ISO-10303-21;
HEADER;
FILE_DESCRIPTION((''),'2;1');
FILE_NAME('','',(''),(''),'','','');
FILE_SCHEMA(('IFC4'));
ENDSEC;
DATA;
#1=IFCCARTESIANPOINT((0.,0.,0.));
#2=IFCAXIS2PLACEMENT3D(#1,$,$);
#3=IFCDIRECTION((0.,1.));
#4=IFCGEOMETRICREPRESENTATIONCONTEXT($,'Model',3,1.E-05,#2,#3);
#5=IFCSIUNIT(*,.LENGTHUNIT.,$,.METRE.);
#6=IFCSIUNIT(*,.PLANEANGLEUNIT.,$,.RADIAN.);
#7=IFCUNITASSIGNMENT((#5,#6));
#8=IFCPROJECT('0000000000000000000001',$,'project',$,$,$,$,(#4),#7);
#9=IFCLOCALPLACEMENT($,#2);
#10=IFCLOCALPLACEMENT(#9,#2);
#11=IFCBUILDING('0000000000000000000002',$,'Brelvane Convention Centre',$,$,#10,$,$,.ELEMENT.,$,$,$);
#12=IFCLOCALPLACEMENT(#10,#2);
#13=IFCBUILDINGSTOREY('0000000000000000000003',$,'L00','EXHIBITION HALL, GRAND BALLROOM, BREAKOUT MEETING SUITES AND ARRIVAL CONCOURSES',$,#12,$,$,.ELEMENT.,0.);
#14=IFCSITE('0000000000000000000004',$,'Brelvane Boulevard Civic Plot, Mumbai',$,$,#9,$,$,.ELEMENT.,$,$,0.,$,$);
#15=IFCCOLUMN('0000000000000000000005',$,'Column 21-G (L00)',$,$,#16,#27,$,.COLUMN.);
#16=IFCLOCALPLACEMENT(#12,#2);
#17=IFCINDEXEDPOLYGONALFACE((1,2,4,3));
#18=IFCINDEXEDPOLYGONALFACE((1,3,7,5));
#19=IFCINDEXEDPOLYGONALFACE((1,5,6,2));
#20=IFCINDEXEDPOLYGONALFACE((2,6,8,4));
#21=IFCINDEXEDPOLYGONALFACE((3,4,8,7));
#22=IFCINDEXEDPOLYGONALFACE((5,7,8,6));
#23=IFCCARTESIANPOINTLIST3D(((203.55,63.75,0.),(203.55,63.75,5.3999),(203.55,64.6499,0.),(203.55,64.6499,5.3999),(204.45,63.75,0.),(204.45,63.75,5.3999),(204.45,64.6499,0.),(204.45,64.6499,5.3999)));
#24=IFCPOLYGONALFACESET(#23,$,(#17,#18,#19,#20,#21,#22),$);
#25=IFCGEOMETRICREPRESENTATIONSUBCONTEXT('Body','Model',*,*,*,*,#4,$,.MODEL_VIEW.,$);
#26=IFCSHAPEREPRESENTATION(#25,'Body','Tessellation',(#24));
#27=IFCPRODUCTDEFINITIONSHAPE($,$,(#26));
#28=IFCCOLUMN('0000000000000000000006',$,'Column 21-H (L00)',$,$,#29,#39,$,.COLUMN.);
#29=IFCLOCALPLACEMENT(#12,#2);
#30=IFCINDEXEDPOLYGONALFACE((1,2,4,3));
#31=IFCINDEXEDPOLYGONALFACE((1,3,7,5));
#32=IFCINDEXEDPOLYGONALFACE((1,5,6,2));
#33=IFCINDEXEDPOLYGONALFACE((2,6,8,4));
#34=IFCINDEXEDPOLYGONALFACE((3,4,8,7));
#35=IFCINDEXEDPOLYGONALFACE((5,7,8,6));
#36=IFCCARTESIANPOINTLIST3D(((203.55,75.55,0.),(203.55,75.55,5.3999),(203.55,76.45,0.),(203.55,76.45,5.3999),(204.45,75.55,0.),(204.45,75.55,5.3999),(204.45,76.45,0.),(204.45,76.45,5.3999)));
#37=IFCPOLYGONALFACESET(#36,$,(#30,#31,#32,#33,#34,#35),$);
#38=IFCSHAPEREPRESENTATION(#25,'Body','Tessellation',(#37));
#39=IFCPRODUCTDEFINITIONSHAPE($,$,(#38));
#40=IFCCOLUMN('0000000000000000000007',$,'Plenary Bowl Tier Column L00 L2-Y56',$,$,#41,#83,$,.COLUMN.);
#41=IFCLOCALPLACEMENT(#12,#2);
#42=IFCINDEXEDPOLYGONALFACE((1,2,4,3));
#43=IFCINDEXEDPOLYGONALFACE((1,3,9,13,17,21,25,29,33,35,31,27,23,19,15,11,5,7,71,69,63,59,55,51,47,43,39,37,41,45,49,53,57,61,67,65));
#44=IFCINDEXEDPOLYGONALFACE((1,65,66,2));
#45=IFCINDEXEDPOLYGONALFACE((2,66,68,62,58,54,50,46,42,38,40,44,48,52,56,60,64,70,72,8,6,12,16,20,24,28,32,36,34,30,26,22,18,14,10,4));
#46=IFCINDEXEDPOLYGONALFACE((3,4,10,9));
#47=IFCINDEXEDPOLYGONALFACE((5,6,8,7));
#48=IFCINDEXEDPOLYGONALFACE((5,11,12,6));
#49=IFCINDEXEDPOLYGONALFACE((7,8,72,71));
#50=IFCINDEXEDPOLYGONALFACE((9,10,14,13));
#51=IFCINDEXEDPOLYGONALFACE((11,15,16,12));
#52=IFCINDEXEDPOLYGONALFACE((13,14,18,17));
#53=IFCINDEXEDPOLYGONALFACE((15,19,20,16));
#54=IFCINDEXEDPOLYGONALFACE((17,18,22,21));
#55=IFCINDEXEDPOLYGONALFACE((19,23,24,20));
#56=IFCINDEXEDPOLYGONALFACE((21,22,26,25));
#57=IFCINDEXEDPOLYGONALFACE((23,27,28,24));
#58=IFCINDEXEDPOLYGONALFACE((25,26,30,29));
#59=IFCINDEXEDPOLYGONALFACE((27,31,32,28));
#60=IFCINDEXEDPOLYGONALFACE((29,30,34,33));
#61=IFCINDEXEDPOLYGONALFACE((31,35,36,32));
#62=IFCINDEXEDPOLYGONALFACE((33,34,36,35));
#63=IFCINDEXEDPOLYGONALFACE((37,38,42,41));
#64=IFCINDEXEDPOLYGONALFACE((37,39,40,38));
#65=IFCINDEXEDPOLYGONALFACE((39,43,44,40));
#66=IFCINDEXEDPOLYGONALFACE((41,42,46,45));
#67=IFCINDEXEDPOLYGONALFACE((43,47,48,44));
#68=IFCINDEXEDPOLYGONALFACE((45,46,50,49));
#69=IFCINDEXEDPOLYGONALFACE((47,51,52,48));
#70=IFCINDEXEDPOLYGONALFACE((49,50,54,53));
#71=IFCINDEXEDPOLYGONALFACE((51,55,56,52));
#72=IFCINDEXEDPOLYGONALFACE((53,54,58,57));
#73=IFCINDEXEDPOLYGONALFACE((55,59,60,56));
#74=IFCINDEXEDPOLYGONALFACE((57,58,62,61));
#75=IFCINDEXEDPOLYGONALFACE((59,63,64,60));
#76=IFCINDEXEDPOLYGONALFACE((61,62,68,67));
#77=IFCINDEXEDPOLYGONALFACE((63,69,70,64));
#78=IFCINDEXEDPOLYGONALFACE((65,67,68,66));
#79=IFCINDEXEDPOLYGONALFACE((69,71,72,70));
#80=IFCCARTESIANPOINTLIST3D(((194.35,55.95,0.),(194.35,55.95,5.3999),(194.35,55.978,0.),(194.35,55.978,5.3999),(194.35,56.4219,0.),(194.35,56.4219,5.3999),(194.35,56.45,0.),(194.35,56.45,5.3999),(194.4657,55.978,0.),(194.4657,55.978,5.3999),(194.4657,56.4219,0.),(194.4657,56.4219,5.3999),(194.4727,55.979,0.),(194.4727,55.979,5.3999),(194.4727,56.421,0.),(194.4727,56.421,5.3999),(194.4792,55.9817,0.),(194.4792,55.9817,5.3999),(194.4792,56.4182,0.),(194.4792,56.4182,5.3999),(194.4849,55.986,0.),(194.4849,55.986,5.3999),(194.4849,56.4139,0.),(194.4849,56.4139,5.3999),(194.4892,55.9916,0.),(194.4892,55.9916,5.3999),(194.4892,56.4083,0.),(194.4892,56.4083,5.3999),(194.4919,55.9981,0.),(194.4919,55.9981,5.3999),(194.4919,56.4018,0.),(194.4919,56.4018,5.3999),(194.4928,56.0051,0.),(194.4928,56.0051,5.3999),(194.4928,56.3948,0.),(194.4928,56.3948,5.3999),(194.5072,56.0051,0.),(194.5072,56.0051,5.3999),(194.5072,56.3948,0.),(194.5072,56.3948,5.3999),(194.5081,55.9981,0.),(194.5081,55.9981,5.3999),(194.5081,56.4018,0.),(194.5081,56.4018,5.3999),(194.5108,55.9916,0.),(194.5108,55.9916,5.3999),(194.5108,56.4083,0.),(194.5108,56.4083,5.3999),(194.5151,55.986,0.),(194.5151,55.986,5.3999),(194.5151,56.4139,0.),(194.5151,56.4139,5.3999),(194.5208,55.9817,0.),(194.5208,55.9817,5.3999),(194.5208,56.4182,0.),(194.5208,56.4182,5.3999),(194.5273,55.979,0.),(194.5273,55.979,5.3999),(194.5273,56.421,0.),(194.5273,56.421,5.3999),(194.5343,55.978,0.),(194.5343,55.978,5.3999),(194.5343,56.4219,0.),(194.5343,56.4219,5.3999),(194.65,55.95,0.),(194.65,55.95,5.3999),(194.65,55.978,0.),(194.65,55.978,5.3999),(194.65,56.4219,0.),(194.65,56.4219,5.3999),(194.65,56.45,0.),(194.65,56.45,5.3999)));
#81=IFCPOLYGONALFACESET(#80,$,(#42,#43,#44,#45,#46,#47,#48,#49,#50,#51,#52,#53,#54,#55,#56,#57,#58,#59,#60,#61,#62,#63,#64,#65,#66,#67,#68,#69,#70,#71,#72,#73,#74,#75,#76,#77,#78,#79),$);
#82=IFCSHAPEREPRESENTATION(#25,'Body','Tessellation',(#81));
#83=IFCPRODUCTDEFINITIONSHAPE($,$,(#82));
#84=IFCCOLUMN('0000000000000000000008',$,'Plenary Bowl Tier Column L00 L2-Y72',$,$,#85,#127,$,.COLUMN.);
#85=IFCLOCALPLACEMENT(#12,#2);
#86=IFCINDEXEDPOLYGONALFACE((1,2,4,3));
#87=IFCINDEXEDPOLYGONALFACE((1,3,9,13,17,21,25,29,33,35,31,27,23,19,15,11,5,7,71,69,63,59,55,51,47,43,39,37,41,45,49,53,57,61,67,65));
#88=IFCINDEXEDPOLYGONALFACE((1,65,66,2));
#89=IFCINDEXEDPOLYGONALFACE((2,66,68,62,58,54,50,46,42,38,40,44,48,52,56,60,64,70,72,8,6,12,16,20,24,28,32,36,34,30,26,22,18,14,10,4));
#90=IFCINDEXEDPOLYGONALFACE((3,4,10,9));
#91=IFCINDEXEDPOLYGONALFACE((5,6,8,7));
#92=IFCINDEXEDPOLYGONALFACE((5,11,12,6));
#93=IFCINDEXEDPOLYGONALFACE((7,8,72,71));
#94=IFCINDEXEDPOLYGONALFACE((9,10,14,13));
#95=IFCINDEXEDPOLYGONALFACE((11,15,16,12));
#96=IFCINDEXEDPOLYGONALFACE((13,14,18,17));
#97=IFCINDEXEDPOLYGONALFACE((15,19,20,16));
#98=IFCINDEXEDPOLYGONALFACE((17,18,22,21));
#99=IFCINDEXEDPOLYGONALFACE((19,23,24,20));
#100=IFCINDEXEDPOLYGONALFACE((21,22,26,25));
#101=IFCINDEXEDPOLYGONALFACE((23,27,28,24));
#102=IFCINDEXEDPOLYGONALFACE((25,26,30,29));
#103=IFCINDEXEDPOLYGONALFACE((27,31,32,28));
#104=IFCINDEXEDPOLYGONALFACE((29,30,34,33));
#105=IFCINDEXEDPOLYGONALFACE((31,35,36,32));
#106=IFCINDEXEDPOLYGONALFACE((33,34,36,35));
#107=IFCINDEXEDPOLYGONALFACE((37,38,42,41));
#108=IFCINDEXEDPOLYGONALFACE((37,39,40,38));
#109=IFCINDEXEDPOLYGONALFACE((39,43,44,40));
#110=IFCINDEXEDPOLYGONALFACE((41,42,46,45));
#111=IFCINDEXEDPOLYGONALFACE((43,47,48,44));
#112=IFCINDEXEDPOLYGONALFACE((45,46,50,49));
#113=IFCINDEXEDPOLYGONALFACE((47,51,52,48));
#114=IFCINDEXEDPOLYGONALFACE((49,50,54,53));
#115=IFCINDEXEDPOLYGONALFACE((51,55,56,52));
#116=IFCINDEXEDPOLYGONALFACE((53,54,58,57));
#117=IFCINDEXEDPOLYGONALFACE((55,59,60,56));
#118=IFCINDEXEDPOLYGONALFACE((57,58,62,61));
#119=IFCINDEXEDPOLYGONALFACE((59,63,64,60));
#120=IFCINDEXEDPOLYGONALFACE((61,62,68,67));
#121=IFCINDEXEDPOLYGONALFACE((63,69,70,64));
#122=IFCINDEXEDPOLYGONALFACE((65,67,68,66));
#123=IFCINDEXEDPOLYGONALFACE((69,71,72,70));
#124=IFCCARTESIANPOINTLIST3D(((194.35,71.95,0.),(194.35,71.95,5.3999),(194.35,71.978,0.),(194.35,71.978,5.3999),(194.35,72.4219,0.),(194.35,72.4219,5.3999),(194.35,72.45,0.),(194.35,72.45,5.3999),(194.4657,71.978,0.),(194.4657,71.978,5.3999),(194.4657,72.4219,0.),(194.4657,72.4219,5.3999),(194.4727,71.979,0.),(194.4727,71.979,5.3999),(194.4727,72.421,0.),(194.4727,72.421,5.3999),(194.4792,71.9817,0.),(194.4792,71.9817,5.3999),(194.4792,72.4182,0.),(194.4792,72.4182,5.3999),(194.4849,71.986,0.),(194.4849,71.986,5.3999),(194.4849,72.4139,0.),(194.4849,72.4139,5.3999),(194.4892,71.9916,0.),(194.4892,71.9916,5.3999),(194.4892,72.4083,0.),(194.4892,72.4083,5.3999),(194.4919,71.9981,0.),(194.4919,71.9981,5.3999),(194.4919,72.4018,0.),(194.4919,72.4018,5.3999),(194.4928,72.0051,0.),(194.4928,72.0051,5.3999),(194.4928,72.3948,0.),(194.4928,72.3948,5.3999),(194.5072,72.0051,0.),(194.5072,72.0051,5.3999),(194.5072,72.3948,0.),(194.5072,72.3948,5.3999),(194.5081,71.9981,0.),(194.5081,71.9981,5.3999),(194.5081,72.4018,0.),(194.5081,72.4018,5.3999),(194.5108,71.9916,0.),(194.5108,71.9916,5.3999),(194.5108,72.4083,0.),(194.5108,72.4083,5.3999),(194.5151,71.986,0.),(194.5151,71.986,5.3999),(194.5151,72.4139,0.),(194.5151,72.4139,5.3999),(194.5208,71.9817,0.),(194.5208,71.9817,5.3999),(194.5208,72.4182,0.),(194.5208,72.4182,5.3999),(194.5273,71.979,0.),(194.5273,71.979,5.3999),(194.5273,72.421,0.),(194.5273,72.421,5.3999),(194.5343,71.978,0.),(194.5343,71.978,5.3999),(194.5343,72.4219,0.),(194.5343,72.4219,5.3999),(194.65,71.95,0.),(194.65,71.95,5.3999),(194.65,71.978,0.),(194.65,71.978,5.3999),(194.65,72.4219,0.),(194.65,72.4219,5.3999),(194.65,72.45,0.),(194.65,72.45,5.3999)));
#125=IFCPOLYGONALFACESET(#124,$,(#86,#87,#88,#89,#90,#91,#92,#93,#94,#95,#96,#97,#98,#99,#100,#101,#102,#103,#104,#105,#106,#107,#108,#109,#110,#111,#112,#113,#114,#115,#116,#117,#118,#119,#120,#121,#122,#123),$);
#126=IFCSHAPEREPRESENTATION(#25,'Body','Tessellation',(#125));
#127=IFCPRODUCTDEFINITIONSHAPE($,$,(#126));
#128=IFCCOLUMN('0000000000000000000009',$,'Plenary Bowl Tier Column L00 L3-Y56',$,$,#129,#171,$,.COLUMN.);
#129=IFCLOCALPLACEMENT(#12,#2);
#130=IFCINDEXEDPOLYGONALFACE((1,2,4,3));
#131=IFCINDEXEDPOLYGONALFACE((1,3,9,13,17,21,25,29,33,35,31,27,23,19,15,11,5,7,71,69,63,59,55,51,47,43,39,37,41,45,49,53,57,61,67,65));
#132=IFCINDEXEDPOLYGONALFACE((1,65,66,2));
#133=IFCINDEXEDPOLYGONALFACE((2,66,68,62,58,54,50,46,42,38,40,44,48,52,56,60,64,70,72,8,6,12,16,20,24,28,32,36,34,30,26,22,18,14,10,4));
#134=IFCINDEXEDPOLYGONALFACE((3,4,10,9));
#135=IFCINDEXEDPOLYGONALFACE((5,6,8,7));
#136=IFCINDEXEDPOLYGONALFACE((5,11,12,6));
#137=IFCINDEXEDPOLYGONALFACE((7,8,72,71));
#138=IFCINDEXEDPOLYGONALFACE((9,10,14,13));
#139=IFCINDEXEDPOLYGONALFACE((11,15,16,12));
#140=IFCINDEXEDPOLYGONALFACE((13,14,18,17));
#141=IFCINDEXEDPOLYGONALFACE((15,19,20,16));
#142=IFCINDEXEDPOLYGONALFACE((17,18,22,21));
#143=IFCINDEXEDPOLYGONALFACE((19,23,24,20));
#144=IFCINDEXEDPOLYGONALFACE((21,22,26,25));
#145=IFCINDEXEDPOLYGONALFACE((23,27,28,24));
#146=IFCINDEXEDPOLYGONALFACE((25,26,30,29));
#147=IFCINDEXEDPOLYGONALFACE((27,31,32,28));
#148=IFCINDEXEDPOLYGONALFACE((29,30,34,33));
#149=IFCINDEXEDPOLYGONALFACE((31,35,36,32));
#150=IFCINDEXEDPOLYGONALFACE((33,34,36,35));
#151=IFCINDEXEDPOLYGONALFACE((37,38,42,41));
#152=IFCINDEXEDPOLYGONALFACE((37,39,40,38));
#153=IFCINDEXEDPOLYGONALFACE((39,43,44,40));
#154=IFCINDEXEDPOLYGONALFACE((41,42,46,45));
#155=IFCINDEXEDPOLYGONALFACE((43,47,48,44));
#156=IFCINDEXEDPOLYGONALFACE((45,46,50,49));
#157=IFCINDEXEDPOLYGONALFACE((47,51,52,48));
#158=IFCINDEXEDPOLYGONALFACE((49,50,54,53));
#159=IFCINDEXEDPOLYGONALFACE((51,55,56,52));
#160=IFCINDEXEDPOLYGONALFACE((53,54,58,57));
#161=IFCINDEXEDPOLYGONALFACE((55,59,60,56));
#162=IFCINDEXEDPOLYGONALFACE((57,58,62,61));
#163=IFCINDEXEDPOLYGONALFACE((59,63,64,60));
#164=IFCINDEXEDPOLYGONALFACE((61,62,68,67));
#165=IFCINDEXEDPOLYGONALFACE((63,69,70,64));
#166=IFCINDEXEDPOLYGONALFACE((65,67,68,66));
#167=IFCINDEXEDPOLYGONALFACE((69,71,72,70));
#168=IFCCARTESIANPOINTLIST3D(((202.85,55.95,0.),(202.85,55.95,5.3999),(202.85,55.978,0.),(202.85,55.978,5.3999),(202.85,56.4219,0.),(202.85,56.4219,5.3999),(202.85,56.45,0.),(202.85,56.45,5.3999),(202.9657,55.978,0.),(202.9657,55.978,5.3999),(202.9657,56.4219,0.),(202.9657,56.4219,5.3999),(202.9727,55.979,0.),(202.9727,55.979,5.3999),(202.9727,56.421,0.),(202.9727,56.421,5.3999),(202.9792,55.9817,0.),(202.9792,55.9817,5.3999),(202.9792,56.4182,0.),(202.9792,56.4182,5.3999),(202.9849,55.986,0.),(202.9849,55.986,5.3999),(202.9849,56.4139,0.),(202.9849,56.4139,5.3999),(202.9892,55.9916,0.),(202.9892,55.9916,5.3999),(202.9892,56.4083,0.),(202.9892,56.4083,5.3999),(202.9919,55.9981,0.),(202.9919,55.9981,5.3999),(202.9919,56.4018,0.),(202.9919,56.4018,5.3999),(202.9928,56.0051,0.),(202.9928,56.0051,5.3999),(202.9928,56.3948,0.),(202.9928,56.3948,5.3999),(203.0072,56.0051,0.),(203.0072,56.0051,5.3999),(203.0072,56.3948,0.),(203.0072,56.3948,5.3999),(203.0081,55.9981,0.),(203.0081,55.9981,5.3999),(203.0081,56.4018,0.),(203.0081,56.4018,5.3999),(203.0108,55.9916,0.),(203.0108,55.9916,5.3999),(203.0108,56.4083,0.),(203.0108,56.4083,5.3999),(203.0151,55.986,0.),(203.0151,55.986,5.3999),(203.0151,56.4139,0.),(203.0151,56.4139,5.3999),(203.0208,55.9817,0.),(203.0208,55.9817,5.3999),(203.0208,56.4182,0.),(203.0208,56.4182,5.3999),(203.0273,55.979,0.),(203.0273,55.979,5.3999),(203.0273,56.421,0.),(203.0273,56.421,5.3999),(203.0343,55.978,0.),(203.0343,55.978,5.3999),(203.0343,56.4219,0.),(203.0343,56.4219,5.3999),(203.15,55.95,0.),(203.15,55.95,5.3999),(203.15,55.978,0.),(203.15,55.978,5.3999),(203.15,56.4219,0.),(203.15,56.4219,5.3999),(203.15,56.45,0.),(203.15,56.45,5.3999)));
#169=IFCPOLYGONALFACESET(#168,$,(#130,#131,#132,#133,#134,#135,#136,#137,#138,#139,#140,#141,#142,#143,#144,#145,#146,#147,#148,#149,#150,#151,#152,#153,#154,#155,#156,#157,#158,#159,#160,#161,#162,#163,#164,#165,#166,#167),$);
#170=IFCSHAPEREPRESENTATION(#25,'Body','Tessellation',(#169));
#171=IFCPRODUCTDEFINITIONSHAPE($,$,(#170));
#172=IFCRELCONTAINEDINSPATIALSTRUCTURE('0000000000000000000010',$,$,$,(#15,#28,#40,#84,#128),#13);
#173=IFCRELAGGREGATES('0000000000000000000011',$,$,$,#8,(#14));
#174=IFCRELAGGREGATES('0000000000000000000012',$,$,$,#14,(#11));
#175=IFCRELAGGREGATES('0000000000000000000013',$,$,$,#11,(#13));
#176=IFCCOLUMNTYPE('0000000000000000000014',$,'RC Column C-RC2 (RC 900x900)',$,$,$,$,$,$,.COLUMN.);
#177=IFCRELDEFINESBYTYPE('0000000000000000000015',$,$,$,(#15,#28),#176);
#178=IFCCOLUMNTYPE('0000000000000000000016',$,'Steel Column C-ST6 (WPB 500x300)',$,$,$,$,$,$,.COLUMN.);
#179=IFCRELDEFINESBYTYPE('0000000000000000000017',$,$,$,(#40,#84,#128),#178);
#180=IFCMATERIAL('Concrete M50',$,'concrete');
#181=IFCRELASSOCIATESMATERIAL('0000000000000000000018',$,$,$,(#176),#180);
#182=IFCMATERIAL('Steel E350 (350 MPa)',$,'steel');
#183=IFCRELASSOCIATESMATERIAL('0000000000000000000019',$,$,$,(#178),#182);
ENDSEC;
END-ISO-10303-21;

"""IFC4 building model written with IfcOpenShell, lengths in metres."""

from ifc_helpers import new_model, si_unit, direction, frame, origin, origin_2d, place, context, subcontext, project, spatial, rectangle, i_section, extrude, material, material_profile, profile_set, type_object, element, save


model = new_model("IFC4")

# Units and contexts
model_context = context("Model", 3, precision=1e-05, world=origin(), true_north=direction((0.0, 1.0)))
body_context = subcontext(model_context, "Body", "Model", "MODEL_VIEW")
ifc_project = project(units=[si_unit("LENGTHUNIT", "METRE"), si_unit("PLANEANGLEUNIT", "RADIAN")], contexts=[model_context])

# Site, building, storey
site_placement = place(None, origin())
site = spatial("IfcSite", under=ifc_project, at=site_placement, Name="Brelvane Boulevard Civic Plot, Mumbai", CompositionType="ELEMENT", RefElevation=0.0)
building_placement = place(site_placement, origin())
building = spatial("IfcBuilding", under=site, at=building_placement, Name="Brelvane Convention Centre", CompositionType="ELEMENT")
storey_placement = place(building_placement, origin())
storey = spatial("IfcBuildingStorey", under=building, at=storey_placement, Name="L00", Description="EXHIBITION HALL, GRAND BALLROOM, BREAKOUT MEETING SUITES AND ARRIVAL CONCOURSES", CompositionType="ELEMENT", Elevation=0.0)

# Columns
ifc_material_1 = material(Name="Concrete M50", Category="concrete")
ifc_material_profile_1 = material_profile(ifc_material_1, rectangle(XDim=0.8999, YDim=0.8999, at=origin_2d()), Name="RC 900x900")
ifc_profile_set_1 = profile_set([ifc_material_profile_1], Name="Concrete M50")
column_type_1 = type_object("IfcColumnType", Name="RC Column C-RC2 (RC 900x900)", PredefinedType="COLUMN", material=ifc_profile_set_1)
for number, where, z_axis, x_axis, name in (
    (1, (204.0, 64.2, 0.0), (0.0, 0.0, 1.0), (1.0, 0.0, 0.0), "Column 21-G (L00)"),
    (2, (204.0, 76.0, 0.0), (0.0, 0.0, 1.0), (1.0, 0.0, 0.0), "Column 21-H (L00)"),
):
    element("IfcColumn", number, at=place(storey_placement, frame(where, z_axis=z_axis, x_axis=x_axis)), inside=storey, type_object=column_type_1, Name=name, PredefinedType="COLUMN", context=body_context, shape_type="SweptSolid", body=[
        extrude(rectangle(XDim=0.8999, YDim=0.8999, at=origin_2d()), origin(), (0.0, 0.0, 1.0), 5.3999),
    ])
ifc_material_2 = material(Name="Steel E350 (350 MPa)", Category="steel")
ifc_material_profile_2 = material_profile(ifc_material_2, i_section(OverallWidth=0.3, OverallDepth=0.5, WebThickness=0.0144, FlangeThickness=0.0281, FilletRadius=0.0271, at=origin_2d()), Name="WPB 500x300")
ifc_profile_set_2 = profile_set([ifc_material_profile_2], Name="Steel E350 (350 MPa)")
column_type_2 = type_object("IfcColumnType", Name="Steel Column C-ST6 (WPB 500x300)", PredefinedType="COLUMN", material=ifc_profile_set_2)
for number, where, z_axis, x_axis, name in (
    (3, (194.5, 56.2, 0.0), (0.0, 0.0, 1.0), (1.0, 0.0, 0.0), "Plenary Bowl Tier Column L00 L2-Y56"),
    (4, (194.5, 72.2, 0.0), (0.0, 0.0, 1.0), (1.0, 0.0, 0.0), "Plenary Bowl Tier Column L00 L2-Y72"),
    (5, (203.0, 56.2, 0.0), (0.0, 0.0, 1.0), (1.0, 0.0, 0.0), "Plenary Bowl Tier Column L00 L3-Y56"),
):
    element("IfcColumn", number, at=place(storey_placement, frame(where, z_axis=z_axis, x_axis=x_axis)), inside=storey, type_object=column_type_2, Name=name, PredefinedType="COLUMN", context=body_context, shape_type="SweptSolid", body=[
        extrude(i_section(OverallWidth=0.3, OverallDepth=0.5, WebThickness=0.0144, FlangeThickness=0.0281, FilletRadius=0.0271, at=origin_2d()), origin(), (0.0, 0.0, 1.0), 5.3999),
    ])

save(model, "model.ifc")
